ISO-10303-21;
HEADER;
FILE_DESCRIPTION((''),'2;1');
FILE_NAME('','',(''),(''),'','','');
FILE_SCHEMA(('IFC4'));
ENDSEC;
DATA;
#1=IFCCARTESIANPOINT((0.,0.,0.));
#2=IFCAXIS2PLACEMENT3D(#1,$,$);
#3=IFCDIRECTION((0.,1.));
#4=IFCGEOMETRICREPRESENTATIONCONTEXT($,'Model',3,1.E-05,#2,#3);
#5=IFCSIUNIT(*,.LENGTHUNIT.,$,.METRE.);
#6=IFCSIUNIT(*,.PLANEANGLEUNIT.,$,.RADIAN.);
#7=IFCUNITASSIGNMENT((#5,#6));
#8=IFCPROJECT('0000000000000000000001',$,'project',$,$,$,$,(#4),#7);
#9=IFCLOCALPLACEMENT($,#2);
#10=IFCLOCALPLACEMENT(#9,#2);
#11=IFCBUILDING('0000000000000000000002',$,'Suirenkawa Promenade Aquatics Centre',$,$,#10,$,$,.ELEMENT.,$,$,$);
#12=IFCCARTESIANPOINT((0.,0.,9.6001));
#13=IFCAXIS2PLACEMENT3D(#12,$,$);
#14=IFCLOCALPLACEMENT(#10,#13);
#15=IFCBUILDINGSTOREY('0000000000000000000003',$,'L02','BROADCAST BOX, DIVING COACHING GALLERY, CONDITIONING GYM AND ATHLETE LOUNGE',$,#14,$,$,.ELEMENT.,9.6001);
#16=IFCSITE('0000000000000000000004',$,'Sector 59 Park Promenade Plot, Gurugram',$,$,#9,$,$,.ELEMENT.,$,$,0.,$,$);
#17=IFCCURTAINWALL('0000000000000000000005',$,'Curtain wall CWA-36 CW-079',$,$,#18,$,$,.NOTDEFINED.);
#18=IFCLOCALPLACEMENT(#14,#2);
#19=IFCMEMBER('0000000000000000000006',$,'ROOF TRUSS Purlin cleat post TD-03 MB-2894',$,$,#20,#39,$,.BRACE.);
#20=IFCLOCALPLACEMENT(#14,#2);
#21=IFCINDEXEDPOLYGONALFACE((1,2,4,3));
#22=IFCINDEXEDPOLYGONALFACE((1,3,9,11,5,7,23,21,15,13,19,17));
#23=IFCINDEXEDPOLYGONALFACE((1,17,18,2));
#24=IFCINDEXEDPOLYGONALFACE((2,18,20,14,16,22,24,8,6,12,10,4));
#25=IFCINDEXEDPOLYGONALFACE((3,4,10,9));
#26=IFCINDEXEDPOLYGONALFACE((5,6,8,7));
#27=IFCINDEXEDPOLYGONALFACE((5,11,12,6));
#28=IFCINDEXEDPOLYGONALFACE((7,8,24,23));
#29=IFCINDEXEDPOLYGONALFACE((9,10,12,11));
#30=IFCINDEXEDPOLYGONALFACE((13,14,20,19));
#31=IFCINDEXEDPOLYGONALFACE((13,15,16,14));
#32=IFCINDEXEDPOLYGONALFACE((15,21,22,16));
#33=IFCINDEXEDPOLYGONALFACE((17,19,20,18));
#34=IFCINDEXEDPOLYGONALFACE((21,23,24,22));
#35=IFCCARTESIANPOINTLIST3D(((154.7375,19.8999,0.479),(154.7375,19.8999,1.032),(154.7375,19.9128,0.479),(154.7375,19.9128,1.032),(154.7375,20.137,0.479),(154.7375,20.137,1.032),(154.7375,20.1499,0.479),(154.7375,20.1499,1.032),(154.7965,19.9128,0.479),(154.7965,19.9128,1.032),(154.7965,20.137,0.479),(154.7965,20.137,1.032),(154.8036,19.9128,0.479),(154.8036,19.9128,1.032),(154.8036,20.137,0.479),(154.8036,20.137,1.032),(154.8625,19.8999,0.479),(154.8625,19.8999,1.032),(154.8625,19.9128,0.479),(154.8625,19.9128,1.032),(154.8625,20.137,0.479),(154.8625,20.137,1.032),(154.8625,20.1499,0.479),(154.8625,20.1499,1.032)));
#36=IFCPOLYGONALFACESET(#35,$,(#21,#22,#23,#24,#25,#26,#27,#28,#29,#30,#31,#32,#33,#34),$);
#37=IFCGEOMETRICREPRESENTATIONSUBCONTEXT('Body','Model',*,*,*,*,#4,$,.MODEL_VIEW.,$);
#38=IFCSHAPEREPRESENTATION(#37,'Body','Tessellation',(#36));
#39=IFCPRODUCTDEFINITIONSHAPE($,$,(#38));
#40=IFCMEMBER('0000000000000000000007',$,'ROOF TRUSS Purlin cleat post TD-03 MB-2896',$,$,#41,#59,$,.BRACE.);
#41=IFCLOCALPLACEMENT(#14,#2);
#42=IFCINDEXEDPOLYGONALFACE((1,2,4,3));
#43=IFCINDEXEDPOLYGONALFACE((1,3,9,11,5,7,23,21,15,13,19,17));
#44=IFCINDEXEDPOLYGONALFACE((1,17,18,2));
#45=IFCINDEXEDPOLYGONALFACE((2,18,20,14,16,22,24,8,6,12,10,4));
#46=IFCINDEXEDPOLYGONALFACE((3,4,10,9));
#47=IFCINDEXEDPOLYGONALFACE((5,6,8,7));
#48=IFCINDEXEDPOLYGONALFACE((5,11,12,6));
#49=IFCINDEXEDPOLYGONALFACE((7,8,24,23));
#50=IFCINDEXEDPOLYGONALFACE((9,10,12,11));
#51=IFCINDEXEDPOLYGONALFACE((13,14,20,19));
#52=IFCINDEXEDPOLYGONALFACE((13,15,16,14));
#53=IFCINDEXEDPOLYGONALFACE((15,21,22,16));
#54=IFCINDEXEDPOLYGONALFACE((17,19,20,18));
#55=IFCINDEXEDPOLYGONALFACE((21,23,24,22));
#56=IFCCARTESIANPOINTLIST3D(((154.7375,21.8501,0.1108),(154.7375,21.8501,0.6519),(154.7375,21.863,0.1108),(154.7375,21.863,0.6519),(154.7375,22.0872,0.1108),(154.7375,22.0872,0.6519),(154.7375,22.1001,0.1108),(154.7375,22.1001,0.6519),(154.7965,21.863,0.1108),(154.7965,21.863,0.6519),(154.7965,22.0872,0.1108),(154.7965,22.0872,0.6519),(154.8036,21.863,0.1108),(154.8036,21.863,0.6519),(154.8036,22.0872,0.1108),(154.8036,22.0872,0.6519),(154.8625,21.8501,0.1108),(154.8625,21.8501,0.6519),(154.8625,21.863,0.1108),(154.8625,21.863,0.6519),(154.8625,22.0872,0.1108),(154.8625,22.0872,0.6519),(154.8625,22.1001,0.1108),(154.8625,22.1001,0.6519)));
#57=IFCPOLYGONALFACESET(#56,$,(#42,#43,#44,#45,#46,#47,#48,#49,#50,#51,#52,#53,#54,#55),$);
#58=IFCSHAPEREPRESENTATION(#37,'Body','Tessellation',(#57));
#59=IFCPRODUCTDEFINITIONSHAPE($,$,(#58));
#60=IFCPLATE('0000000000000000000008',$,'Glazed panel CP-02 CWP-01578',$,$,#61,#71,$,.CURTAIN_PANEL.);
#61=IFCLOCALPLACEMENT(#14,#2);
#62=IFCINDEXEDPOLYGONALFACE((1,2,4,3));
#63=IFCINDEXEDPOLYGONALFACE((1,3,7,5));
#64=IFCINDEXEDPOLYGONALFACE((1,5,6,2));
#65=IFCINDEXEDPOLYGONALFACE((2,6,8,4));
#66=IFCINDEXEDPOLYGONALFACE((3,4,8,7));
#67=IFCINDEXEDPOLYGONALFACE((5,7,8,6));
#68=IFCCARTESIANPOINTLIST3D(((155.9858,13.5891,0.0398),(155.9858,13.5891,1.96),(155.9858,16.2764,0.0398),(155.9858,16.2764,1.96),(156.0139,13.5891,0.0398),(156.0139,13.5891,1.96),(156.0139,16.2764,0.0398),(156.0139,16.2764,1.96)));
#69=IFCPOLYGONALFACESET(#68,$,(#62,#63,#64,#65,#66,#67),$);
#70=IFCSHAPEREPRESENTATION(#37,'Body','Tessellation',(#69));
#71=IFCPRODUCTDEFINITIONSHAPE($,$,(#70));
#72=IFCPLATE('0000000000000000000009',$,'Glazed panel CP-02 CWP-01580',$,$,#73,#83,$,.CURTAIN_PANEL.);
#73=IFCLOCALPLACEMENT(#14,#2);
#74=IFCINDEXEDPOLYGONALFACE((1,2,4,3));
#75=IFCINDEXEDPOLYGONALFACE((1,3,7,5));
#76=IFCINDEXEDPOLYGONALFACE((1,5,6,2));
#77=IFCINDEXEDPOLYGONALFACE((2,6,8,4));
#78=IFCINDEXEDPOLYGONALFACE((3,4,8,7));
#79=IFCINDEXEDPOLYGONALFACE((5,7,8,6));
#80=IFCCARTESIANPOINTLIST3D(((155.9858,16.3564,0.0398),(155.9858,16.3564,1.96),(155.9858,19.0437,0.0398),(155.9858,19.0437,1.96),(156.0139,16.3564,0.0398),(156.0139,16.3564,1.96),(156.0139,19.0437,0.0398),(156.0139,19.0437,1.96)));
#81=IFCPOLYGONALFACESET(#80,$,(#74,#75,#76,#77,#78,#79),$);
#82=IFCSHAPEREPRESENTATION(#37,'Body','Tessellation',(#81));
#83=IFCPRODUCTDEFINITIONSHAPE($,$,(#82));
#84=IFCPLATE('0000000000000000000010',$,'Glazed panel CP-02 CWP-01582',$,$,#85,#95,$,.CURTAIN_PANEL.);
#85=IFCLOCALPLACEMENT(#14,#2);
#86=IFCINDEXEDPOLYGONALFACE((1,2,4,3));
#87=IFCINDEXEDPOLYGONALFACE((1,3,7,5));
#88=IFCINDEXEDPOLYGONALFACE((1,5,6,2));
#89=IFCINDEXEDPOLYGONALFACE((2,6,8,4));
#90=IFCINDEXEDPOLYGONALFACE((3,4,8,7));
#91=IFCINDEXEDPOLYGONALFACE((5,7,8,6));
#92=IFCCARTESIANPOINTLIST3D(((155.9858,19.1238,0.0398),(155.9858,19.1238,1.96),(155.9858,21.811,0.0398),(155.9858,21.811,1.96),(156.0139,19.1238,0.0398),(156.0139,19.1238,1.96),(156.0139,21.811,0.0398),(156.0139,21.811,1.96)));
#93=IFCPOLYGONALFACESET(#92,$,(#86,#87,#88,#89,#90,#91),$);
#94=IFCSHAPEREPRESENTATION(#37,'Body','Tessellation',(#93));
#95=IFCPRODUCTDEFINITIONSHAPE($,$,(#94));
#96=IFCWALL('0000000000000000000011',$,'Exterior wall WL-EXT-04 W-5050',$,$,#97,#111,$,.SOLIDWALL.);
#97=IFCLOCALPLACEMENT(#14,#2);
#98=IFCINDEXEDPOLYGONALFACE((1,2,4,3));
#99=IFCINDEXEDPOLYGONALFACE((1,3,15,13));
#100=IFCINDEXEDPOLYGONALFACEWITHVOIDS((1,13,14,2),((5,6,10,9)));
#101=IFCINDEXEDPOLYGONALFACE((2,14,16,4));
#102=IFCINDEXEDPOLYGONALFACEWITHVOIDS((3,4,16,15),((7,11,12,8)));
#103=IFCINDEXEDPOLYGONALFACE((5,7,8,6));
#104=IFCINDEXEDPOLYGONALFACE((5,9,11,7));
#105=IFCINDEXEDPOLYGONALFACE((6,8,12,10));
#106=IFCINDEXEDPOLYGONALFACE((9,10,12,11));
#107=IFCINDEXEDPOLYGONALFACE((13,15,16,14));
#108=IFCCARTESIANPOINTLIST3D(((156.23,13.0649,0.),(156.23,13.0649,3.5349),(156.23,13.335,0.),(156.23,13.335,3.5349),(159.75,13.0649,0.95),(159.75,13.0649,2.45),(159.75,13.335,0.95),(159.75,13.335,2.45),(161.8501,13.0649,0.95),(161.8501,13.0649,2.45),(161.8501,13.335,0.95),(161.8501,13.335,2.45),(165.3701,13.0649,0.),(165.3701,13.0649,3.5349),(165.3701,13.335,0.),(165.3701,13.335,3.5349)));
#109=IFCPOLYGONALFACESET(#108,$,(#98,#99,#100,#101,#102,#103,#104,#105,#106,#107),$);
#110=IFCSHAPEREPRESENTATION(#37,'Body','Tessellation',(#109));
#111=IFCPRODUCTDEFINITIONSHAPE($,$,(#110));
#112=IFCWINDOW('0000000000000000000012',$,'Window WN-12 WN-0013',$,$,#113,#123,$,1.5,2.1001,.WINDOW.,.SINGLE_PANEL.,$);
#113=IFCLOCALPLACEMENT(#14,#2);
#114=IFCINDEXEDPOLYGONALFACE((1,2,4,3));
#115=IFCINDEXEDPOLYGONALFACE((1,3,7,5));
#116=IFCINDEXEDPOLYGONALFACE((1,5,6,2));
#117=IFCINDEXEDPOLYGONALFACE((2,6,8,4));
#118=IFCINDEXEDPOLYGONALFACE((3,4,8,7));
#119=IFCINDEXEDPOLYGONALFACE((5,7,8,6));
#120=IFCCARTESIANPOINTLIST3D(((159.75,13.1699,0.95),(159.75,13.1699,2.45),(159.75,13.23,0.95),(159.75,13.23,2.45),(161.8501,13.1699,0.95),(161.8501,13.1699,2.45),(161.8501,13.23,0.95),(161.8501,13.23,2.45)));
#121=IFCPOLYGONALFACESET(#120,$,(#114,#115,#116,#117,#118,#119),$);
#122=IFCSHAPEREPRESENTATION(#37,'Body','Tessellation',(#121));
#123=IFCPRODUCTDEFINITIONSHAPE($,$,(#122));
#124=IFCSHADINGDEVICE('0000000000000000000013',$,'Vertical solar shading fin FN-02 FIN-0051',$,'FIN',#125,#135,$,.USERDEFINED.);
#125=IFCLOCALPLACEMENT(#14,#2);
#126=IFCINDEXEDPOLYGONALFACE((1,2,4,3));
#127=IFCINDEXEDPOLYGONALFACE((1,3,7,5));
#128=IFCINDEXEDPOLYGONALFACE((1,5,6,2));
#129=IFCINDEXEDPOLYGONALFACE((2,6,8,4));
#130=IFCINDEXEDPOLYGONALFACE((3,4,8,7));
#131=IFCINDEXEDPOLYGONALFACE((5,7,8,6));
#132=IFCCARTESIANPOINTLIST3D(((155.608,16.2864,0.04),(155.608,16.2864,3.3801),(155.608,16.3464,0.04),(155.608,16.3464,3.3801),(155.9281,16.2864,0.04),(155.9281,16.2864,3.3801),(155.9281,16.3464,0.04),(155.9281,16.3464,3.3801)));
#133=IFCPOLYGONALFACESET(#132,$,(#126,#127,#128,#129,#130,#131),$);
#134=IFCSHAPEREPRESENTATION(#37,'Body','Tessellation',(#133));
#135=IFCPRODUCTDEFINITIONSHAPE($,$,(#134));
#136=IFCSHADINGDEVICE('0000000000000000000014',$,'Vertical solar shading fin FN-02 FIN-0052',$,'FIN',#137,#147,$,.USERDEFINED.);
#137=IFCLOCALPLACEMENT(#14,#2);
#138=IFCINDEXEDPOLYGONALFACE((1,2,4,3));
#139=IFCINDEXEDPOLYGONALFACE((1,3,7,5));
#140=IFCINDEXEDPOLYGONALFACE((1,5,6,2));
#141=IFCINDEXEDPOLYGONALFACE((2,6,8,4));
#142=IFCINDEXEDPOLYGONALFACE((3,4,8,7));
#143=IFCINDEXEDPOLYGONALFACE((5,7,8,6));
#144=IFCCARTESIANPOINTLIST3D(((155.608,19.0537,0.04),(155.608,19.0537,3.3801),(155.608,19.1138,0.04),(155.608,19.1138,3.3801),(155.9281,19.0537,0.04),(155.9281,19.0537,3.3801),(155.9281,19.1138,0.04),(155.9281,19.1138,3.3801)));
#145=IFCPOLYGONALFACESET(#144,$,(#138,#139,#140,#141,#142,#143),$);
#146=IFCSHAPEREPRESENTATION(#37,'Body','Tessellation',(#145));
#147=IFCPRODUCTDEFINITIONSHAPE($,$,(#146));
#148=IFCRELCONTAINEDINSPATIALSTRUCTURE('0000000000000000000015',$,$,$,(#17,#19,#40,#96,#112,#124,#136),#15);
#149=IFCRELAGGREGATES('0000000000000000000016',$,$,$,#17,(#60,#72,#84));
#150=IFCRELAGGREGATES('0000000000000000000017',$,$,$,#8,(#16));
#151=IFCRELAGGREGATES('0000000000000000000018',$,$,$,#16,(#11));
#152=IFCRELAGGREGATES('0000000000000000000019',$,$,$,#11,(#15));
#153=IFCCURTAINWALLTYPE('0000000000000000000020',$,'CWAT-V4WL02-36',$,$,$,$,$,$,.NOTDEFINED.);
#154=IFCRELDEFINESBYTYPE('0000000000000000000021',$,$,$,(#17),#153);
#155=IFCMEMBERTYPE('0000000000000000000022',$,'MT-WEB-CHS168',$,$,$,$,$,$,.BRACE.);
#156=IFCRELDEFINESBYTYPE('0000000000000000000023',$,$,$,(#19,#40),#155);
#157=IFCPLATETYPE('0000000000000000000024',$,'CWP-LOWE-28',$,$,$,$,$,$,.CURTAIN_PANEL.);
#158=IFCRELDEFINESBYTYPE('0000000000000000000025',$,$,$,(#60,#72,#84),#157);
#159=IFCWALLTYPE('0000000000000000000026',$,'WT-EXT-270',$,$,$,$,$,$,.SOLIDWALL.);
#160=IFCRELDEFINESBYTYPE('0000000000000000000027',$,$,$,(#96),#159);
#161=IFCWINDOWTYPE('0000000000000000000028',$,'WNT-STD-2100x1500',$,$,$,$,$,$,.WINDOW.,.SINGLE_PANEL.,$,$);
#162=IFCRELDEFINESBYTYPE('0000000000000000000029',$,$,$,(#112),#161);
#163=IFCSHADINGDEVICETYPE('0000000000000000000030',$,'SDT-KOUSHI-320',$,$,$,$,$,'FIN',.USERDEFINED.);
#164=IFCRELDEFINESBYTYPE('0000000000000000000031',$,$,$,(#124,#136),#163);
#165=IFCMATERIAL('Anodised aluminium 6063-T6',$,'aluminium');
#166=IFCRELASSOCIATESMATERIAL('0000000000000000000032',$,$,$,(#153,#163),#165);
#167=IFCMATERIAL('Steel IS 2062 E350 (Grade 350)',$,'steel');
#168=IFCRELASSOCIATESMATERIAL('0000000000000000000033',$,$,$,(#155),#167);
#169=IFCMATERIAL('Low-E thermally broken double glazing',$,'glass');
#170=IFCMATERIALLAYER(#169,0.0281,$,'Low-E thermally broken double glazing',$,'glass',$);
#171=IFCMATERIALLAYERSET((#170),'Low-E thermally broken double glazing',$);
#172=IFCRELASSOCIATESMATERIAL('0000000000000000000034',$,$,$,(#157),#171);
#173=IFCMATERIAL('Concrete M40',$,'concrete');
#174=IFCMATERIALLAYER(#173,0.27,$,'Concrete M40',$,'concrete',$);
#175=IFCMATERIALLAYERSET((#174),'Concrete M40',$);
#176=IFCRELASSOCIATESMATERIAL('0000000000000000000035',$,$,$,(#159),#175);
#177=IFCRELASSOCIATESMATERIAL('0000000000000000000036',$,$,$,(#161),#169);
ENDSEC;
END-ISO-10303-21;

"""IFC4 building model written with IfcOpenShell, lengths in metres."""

from ifc_helpers import new_model, si_unit, direction, frame, frame_2d, origin, origin_2d, place, context, subcontext, project, spatial, polyline, rectangle, i_section, outline, extrude, material, layer, layer_set, material_profile, profile_set, type_object, element, fill, aggregate, save


model = new_model("IFC4")

# Units and contexts
model_context = context("Model", 3, precision=1e-05, world=origin(), true_north=direction((0.0, 1.0)))
body_context = subcontext(model_context, "Body", "Model", "MODEL_VIEW")
ifc_project = project(units=[si_unit("LENGTHUNIT", "METRE"), si_unit("PLANEANGLEUNIT", "RADIAN")], contexts=[model_context])

# Site, building, storey
site_placement = place(None, origin())
site = spatial("IfcSite", under=ifc_project, at=site_placement, Name="Sector 59 Park Promenade Plot, Gurugram", CompositionType="ELEMENT", RefElevation=0.0)
building_placement = place(site_placement, origin())
building = spatial("IfcBuilding", under=site, at=building_placement, Name="Suirenkawa Promenade Aquatics Centre", CompositionType="ELEMENT")
storey_placement = place(building_placement, frame((0.0, 0.0, 9.6001)))
storey = spatial("IfcBuildingStorey", under=building, at=storey_placement, Name="L02", Description="BROADCAST BOX, DIVING COACHING GALLERY, CONDITIONING GYM AND ATHLETE LOUNGE", CompositionType="ELEMENT", Elevation=9.6001)

# Shared definitions
ifc_material_1 = material(Name="Concrete M40", Category="concrete")

# Shared definitions
ifc_material_2 = material(Name="Steel IS 2062 E350 (Grade 350)", Category="steel")

# Curtain wall
ifc_material_3 = material(Name="Anodised aluminium 6063-T6", Category="aluminium")
curtain_wall_type = type_object("IfcCurtainWallType", Name="CWAT-V4WL02-36", PredefinedType="NOTDEFINED", material=ifc_material_3)
curtain_wall_placement = place(storey_placement, origin())
curtain_wall = element("IfcCurtainWall", 1, at=curtain_wall_placement, inside=storey, type_object=curtain_wall_type, Name="Curtain wall CWA-36 CW-079", PredefinedType="NOTDEFINED")

# Members
ifc_material_profile_1 = material_profile(ifc_material_2, i_section(OverallWidth=0.125, OverallDepth=0.25, WebThickness=0.0071, FlangeThickness=0.0129, at=origin_2d()), Name="ISMB 250", Category="steel")
ifc_profile_set_1 = profile_set([ifc_material_profile_1], Name="Steel IS 2062 E350 (Grade 350)")
member_type_1 = type_object("IfcMemberType", Name="MT-WEB-CHS168", PredefinedType="BRACE", material=ifc_profile_set_1)
member_1_placement = place(storey_placement, frame((154.8, 20.0249, 0.479), z_axis=(0.0, 0.0, 1.0), x_axis=(1.0, 0.0, 0.0)))
element("IfcMember", 2, at=member_1_placement, inside=storey, type_object=member_type_1, Name="ROOF TRUSS Purlin cleat post TD-03 MB-2894", PredefinedType="BRACE", context=body_context, shape_type="SweptSolid", body=[
    extrude(i_section(OverallWidth=0.125, OverallDepth=0.25, WebThickness=0.0071, FlangeThickness=0.0129, at=origin_2d()), origin(), (0.0, 0.0, 1.0), 0.553),
])
member_2_placement = place(storey_placement, frame((154.8, 21.9751, 0.1108), z_axis=(0.0, 0.0, 1.0), x_axis=(1.0, 0.0, 0.0)))
element("IfcMember", 3, at=member_2_placement, inside=storey, type_object=member_type_1, Name="ROOF TRUSS Purlin cleat post TD-03 MB-2896", PredefinedType="BRACE", context=body_context, shape_type="SweptSolid", body=[
    extrude(i_section(OverallWidth=0.125, OverallDepth=0.25, WebThickness=0.0071, FlangeThickness=0.0129, at=origin_2d()), origin(), (0.0, 0.0, 1.0), 0.541),
])

# Plates
ifc_material_4 = material(Name="Low-E thermally broken double glazing", Category="glass")
ifc_layer_1 = layer(ifc_material_4, 0.0281, Name="Low-E thermally broken double glazing", Category="glass")
ifc_layer_set_1 = layer_set([ifc_layer_1], Name="Low-E thermally broken double glazing")
plate_type = type_object("IfcPlateType", Name="CWP-LOWE-28", PredefinedType="CURTAIN_PANEL", material=ifc_layer_set_1)
plate_1_placement = place(storey_placement, frame((156.0, 13.5491, 0.0398), z_axis=(0.0, 0.0, 1.0), x_axis=(0.0, 1.0, 0.0)))
plate_1 = element("IfcPlate", 4, at=plate_1_placement, type_object=plate_type, Name="Glazed panel CP-02 CWP-01578", PredefinedType="CURTAIN_PANEL", context=body_context, shape_type="SweptSolid", body=[
    extrude(outline(polyline([(0.04, 0.0), (2.7273, 0.0), (2.7273, 1.9202), (0.04, 1.9202), (0.04, 0.0)])), frame((0.0, 0.0142, 0.0), z_axis=(0.0, -1.0, 0.0), x_axis=(1.0, 0.0, 0.0)), (0.0, 0.0, 1.0), 0.0281),
])
plate_2_placement = place(storey_placement, frame((156.0, 16.3164, 0.0398), z_axis=(0.0, 0.0, 1.0), x_axis=(0.0, 1.0, 0.0)))
plate_2 = element("IfcPlate", 5, at=plate_2_placement, type_object=plate_type, Name="Glazed panel CP-02 CWP-01580", PredefinedType="CURTAIN_PANEL", context=body_context, shape_type="SweptSolid", body=[
    extrude(outline(polyline([(0.04, 0.0), (2.7273, 0.0), (2.7273, 1.9202), (0.04, 1.9202), (0.04, 0.0)])), frame((0.0, 0.0142, 0.0), z_axis=(0.0, -1.0, 0.0), x_axis=(1.0, 0.0, 0.0)), (0.0, 0.0, 1.0), 0.0281),
])
plate_3_placement = place(storey_placement, frame((156.0, 19.0837, 0.0398), z_axis=(0.0, 0.0, 1.0), x_axis=(0.0, 1.0, 0.0)))
plate_3 = element("IfcPlate", 6, at=plate_3_placement, type_object=plate_type, Name="Glazed panel CP-02 CWP-01582", PredefinedType="CURTAIN_PANEL", context=body_context, shape_type="SweptSolid", body=[
    extrude(outline(polyline([(0.04, 0.0), (2.7273, 0.0), (2.7273, 1.9202), (0.04, 1.9202), (0.04, 0.0)])), frame((0.0, 0.0142, 0.0), z_axis=(0.0, -1.0, 0.0), x_axis=(1.0, 0.0, 0.0)), (0.0, 0.0, 1.0), 0.0281),
])
aggregate(curtain_wall, [plate_1, plate_2, plate_3])

# Wall, opening, window
ifc_layer_2 = layer(ifc_material_1, 0.27, Name="Concrete M40", Category="concrete")
ifc_layer_set_2 = layer_set([ifc_layer_2], Name="Concrete M40")
wall_type = type_object("IfcWallType", Name="WT-EXT-270", PredefinedType="SOLIDWALL", material=ifc_layer_set_2)
wall_placement = place(storey_placement, frame((165.3701, 13.2, 0.0), z_axis=(0.0, 0.0, 1.0), x_axis=(-1.0, 0.0, 0.0)))
wall = element("IfcWall", 7, at=wall_placement, inside=storey, type_object=wall_type, Name="Exterior wall WL-EXT-04 W-5050", PredefinedType="SOLIDWALL", context=body_context, shape_type="SweptSolid", body=[
    extrude(rectangle(XDim=9.1401, YDim=0.27, at=frame_2d((4.5701, 0.0))), origin(), (0.0, 0.0, 1.0), 3.5349),
])
opening_placement = place(wall_placement, frame((3.52, 0.0, 0.95)))
opening = element("IfcOpeningElement", 8, at=opening_placement, cuts=wall, PredefinedType="OPENING", context=body_context, shape_type="SweptSolid", body=[
    extrude(rectangle(XDim=2.1001, YDim=1.5, at=frame_2d((1.05, 0.75))), frame((0.0, 0.145, 0.0), z_axis=(0.0, -1.0, 0.0), x_axis=(1.0, 0.0, 0.0)), (0.0, 0.0, 1.0), 0.29),
])
window_type = type_object("IfcWindowType", Name="WNT-STD-2100x1500", PartitioningType="SINGLE_PANEL", PredefinedType="WINDOW", material=ifc_material_4)
window_placement = place(opening_placement, origin())
window = element("IfcWindow", 9, at=window_placement, inside=storey, type_object=window_type, Name="Window WN-12 WN-0013", OverallHeight=1.5, OverallWidth=2.1001, PartitioningType="SINGLE_PANEL", PredefinedType="WINDOW", context=body_context, shape_type="SweptSolid", body=[
    extrude(rectangle(XDim=2.1001, YDim=1.5, at=frame_2d((1.05, 0.75))), frame((0.0, 0.03, 0.0), z_axis=(0.0, -1.0, 0.0), x_axis=(1.0, 0.0, 0.0)), (0.0, 0.0, 1.0), 0.0601),
])
fill(opening, window)

# Shading devices
shading_device_type = type_object("IfcShadingDeviceType", Name="SDT-KOUSHI-320", ElementType="FIN", PredefinedType="USERDEFINED", material=ifc_material_3)
for number, where, z_axis, x_axis, name in (
    (10, (155.7681, 16.3164, 0.04), (0.0, 0.0, 1.0), (-1.0, 0.0, 0.0), "Vertical solar shading fin FN-02 FIN-0051"),
    (11, (155.7681, 19.0837, 0.04), (0.0, 0.0, 1.0), (-1.0, 0.0, 0.0), "Vertical solar shading fin FN-02 FIN-0052"),
):
    element("IfcShadingDevice", number, at=place(storey_placement, frame(where, z_axis=z_axis, x_axis=x_axis)), inside=storey, type_object=shading_device_type, Name=name, ObjectType="FIN", PredefinedType="USERDEFINED", context=body_context, shape_type="SweptSolid", body=[
        extrude(rectangle(XDim=0.3201, YDim=0.0601, at=origin_2d()), origin(), (0.0, 0.0, 1.0), 3.3401),
    ])

save(model, "model.ifc")
